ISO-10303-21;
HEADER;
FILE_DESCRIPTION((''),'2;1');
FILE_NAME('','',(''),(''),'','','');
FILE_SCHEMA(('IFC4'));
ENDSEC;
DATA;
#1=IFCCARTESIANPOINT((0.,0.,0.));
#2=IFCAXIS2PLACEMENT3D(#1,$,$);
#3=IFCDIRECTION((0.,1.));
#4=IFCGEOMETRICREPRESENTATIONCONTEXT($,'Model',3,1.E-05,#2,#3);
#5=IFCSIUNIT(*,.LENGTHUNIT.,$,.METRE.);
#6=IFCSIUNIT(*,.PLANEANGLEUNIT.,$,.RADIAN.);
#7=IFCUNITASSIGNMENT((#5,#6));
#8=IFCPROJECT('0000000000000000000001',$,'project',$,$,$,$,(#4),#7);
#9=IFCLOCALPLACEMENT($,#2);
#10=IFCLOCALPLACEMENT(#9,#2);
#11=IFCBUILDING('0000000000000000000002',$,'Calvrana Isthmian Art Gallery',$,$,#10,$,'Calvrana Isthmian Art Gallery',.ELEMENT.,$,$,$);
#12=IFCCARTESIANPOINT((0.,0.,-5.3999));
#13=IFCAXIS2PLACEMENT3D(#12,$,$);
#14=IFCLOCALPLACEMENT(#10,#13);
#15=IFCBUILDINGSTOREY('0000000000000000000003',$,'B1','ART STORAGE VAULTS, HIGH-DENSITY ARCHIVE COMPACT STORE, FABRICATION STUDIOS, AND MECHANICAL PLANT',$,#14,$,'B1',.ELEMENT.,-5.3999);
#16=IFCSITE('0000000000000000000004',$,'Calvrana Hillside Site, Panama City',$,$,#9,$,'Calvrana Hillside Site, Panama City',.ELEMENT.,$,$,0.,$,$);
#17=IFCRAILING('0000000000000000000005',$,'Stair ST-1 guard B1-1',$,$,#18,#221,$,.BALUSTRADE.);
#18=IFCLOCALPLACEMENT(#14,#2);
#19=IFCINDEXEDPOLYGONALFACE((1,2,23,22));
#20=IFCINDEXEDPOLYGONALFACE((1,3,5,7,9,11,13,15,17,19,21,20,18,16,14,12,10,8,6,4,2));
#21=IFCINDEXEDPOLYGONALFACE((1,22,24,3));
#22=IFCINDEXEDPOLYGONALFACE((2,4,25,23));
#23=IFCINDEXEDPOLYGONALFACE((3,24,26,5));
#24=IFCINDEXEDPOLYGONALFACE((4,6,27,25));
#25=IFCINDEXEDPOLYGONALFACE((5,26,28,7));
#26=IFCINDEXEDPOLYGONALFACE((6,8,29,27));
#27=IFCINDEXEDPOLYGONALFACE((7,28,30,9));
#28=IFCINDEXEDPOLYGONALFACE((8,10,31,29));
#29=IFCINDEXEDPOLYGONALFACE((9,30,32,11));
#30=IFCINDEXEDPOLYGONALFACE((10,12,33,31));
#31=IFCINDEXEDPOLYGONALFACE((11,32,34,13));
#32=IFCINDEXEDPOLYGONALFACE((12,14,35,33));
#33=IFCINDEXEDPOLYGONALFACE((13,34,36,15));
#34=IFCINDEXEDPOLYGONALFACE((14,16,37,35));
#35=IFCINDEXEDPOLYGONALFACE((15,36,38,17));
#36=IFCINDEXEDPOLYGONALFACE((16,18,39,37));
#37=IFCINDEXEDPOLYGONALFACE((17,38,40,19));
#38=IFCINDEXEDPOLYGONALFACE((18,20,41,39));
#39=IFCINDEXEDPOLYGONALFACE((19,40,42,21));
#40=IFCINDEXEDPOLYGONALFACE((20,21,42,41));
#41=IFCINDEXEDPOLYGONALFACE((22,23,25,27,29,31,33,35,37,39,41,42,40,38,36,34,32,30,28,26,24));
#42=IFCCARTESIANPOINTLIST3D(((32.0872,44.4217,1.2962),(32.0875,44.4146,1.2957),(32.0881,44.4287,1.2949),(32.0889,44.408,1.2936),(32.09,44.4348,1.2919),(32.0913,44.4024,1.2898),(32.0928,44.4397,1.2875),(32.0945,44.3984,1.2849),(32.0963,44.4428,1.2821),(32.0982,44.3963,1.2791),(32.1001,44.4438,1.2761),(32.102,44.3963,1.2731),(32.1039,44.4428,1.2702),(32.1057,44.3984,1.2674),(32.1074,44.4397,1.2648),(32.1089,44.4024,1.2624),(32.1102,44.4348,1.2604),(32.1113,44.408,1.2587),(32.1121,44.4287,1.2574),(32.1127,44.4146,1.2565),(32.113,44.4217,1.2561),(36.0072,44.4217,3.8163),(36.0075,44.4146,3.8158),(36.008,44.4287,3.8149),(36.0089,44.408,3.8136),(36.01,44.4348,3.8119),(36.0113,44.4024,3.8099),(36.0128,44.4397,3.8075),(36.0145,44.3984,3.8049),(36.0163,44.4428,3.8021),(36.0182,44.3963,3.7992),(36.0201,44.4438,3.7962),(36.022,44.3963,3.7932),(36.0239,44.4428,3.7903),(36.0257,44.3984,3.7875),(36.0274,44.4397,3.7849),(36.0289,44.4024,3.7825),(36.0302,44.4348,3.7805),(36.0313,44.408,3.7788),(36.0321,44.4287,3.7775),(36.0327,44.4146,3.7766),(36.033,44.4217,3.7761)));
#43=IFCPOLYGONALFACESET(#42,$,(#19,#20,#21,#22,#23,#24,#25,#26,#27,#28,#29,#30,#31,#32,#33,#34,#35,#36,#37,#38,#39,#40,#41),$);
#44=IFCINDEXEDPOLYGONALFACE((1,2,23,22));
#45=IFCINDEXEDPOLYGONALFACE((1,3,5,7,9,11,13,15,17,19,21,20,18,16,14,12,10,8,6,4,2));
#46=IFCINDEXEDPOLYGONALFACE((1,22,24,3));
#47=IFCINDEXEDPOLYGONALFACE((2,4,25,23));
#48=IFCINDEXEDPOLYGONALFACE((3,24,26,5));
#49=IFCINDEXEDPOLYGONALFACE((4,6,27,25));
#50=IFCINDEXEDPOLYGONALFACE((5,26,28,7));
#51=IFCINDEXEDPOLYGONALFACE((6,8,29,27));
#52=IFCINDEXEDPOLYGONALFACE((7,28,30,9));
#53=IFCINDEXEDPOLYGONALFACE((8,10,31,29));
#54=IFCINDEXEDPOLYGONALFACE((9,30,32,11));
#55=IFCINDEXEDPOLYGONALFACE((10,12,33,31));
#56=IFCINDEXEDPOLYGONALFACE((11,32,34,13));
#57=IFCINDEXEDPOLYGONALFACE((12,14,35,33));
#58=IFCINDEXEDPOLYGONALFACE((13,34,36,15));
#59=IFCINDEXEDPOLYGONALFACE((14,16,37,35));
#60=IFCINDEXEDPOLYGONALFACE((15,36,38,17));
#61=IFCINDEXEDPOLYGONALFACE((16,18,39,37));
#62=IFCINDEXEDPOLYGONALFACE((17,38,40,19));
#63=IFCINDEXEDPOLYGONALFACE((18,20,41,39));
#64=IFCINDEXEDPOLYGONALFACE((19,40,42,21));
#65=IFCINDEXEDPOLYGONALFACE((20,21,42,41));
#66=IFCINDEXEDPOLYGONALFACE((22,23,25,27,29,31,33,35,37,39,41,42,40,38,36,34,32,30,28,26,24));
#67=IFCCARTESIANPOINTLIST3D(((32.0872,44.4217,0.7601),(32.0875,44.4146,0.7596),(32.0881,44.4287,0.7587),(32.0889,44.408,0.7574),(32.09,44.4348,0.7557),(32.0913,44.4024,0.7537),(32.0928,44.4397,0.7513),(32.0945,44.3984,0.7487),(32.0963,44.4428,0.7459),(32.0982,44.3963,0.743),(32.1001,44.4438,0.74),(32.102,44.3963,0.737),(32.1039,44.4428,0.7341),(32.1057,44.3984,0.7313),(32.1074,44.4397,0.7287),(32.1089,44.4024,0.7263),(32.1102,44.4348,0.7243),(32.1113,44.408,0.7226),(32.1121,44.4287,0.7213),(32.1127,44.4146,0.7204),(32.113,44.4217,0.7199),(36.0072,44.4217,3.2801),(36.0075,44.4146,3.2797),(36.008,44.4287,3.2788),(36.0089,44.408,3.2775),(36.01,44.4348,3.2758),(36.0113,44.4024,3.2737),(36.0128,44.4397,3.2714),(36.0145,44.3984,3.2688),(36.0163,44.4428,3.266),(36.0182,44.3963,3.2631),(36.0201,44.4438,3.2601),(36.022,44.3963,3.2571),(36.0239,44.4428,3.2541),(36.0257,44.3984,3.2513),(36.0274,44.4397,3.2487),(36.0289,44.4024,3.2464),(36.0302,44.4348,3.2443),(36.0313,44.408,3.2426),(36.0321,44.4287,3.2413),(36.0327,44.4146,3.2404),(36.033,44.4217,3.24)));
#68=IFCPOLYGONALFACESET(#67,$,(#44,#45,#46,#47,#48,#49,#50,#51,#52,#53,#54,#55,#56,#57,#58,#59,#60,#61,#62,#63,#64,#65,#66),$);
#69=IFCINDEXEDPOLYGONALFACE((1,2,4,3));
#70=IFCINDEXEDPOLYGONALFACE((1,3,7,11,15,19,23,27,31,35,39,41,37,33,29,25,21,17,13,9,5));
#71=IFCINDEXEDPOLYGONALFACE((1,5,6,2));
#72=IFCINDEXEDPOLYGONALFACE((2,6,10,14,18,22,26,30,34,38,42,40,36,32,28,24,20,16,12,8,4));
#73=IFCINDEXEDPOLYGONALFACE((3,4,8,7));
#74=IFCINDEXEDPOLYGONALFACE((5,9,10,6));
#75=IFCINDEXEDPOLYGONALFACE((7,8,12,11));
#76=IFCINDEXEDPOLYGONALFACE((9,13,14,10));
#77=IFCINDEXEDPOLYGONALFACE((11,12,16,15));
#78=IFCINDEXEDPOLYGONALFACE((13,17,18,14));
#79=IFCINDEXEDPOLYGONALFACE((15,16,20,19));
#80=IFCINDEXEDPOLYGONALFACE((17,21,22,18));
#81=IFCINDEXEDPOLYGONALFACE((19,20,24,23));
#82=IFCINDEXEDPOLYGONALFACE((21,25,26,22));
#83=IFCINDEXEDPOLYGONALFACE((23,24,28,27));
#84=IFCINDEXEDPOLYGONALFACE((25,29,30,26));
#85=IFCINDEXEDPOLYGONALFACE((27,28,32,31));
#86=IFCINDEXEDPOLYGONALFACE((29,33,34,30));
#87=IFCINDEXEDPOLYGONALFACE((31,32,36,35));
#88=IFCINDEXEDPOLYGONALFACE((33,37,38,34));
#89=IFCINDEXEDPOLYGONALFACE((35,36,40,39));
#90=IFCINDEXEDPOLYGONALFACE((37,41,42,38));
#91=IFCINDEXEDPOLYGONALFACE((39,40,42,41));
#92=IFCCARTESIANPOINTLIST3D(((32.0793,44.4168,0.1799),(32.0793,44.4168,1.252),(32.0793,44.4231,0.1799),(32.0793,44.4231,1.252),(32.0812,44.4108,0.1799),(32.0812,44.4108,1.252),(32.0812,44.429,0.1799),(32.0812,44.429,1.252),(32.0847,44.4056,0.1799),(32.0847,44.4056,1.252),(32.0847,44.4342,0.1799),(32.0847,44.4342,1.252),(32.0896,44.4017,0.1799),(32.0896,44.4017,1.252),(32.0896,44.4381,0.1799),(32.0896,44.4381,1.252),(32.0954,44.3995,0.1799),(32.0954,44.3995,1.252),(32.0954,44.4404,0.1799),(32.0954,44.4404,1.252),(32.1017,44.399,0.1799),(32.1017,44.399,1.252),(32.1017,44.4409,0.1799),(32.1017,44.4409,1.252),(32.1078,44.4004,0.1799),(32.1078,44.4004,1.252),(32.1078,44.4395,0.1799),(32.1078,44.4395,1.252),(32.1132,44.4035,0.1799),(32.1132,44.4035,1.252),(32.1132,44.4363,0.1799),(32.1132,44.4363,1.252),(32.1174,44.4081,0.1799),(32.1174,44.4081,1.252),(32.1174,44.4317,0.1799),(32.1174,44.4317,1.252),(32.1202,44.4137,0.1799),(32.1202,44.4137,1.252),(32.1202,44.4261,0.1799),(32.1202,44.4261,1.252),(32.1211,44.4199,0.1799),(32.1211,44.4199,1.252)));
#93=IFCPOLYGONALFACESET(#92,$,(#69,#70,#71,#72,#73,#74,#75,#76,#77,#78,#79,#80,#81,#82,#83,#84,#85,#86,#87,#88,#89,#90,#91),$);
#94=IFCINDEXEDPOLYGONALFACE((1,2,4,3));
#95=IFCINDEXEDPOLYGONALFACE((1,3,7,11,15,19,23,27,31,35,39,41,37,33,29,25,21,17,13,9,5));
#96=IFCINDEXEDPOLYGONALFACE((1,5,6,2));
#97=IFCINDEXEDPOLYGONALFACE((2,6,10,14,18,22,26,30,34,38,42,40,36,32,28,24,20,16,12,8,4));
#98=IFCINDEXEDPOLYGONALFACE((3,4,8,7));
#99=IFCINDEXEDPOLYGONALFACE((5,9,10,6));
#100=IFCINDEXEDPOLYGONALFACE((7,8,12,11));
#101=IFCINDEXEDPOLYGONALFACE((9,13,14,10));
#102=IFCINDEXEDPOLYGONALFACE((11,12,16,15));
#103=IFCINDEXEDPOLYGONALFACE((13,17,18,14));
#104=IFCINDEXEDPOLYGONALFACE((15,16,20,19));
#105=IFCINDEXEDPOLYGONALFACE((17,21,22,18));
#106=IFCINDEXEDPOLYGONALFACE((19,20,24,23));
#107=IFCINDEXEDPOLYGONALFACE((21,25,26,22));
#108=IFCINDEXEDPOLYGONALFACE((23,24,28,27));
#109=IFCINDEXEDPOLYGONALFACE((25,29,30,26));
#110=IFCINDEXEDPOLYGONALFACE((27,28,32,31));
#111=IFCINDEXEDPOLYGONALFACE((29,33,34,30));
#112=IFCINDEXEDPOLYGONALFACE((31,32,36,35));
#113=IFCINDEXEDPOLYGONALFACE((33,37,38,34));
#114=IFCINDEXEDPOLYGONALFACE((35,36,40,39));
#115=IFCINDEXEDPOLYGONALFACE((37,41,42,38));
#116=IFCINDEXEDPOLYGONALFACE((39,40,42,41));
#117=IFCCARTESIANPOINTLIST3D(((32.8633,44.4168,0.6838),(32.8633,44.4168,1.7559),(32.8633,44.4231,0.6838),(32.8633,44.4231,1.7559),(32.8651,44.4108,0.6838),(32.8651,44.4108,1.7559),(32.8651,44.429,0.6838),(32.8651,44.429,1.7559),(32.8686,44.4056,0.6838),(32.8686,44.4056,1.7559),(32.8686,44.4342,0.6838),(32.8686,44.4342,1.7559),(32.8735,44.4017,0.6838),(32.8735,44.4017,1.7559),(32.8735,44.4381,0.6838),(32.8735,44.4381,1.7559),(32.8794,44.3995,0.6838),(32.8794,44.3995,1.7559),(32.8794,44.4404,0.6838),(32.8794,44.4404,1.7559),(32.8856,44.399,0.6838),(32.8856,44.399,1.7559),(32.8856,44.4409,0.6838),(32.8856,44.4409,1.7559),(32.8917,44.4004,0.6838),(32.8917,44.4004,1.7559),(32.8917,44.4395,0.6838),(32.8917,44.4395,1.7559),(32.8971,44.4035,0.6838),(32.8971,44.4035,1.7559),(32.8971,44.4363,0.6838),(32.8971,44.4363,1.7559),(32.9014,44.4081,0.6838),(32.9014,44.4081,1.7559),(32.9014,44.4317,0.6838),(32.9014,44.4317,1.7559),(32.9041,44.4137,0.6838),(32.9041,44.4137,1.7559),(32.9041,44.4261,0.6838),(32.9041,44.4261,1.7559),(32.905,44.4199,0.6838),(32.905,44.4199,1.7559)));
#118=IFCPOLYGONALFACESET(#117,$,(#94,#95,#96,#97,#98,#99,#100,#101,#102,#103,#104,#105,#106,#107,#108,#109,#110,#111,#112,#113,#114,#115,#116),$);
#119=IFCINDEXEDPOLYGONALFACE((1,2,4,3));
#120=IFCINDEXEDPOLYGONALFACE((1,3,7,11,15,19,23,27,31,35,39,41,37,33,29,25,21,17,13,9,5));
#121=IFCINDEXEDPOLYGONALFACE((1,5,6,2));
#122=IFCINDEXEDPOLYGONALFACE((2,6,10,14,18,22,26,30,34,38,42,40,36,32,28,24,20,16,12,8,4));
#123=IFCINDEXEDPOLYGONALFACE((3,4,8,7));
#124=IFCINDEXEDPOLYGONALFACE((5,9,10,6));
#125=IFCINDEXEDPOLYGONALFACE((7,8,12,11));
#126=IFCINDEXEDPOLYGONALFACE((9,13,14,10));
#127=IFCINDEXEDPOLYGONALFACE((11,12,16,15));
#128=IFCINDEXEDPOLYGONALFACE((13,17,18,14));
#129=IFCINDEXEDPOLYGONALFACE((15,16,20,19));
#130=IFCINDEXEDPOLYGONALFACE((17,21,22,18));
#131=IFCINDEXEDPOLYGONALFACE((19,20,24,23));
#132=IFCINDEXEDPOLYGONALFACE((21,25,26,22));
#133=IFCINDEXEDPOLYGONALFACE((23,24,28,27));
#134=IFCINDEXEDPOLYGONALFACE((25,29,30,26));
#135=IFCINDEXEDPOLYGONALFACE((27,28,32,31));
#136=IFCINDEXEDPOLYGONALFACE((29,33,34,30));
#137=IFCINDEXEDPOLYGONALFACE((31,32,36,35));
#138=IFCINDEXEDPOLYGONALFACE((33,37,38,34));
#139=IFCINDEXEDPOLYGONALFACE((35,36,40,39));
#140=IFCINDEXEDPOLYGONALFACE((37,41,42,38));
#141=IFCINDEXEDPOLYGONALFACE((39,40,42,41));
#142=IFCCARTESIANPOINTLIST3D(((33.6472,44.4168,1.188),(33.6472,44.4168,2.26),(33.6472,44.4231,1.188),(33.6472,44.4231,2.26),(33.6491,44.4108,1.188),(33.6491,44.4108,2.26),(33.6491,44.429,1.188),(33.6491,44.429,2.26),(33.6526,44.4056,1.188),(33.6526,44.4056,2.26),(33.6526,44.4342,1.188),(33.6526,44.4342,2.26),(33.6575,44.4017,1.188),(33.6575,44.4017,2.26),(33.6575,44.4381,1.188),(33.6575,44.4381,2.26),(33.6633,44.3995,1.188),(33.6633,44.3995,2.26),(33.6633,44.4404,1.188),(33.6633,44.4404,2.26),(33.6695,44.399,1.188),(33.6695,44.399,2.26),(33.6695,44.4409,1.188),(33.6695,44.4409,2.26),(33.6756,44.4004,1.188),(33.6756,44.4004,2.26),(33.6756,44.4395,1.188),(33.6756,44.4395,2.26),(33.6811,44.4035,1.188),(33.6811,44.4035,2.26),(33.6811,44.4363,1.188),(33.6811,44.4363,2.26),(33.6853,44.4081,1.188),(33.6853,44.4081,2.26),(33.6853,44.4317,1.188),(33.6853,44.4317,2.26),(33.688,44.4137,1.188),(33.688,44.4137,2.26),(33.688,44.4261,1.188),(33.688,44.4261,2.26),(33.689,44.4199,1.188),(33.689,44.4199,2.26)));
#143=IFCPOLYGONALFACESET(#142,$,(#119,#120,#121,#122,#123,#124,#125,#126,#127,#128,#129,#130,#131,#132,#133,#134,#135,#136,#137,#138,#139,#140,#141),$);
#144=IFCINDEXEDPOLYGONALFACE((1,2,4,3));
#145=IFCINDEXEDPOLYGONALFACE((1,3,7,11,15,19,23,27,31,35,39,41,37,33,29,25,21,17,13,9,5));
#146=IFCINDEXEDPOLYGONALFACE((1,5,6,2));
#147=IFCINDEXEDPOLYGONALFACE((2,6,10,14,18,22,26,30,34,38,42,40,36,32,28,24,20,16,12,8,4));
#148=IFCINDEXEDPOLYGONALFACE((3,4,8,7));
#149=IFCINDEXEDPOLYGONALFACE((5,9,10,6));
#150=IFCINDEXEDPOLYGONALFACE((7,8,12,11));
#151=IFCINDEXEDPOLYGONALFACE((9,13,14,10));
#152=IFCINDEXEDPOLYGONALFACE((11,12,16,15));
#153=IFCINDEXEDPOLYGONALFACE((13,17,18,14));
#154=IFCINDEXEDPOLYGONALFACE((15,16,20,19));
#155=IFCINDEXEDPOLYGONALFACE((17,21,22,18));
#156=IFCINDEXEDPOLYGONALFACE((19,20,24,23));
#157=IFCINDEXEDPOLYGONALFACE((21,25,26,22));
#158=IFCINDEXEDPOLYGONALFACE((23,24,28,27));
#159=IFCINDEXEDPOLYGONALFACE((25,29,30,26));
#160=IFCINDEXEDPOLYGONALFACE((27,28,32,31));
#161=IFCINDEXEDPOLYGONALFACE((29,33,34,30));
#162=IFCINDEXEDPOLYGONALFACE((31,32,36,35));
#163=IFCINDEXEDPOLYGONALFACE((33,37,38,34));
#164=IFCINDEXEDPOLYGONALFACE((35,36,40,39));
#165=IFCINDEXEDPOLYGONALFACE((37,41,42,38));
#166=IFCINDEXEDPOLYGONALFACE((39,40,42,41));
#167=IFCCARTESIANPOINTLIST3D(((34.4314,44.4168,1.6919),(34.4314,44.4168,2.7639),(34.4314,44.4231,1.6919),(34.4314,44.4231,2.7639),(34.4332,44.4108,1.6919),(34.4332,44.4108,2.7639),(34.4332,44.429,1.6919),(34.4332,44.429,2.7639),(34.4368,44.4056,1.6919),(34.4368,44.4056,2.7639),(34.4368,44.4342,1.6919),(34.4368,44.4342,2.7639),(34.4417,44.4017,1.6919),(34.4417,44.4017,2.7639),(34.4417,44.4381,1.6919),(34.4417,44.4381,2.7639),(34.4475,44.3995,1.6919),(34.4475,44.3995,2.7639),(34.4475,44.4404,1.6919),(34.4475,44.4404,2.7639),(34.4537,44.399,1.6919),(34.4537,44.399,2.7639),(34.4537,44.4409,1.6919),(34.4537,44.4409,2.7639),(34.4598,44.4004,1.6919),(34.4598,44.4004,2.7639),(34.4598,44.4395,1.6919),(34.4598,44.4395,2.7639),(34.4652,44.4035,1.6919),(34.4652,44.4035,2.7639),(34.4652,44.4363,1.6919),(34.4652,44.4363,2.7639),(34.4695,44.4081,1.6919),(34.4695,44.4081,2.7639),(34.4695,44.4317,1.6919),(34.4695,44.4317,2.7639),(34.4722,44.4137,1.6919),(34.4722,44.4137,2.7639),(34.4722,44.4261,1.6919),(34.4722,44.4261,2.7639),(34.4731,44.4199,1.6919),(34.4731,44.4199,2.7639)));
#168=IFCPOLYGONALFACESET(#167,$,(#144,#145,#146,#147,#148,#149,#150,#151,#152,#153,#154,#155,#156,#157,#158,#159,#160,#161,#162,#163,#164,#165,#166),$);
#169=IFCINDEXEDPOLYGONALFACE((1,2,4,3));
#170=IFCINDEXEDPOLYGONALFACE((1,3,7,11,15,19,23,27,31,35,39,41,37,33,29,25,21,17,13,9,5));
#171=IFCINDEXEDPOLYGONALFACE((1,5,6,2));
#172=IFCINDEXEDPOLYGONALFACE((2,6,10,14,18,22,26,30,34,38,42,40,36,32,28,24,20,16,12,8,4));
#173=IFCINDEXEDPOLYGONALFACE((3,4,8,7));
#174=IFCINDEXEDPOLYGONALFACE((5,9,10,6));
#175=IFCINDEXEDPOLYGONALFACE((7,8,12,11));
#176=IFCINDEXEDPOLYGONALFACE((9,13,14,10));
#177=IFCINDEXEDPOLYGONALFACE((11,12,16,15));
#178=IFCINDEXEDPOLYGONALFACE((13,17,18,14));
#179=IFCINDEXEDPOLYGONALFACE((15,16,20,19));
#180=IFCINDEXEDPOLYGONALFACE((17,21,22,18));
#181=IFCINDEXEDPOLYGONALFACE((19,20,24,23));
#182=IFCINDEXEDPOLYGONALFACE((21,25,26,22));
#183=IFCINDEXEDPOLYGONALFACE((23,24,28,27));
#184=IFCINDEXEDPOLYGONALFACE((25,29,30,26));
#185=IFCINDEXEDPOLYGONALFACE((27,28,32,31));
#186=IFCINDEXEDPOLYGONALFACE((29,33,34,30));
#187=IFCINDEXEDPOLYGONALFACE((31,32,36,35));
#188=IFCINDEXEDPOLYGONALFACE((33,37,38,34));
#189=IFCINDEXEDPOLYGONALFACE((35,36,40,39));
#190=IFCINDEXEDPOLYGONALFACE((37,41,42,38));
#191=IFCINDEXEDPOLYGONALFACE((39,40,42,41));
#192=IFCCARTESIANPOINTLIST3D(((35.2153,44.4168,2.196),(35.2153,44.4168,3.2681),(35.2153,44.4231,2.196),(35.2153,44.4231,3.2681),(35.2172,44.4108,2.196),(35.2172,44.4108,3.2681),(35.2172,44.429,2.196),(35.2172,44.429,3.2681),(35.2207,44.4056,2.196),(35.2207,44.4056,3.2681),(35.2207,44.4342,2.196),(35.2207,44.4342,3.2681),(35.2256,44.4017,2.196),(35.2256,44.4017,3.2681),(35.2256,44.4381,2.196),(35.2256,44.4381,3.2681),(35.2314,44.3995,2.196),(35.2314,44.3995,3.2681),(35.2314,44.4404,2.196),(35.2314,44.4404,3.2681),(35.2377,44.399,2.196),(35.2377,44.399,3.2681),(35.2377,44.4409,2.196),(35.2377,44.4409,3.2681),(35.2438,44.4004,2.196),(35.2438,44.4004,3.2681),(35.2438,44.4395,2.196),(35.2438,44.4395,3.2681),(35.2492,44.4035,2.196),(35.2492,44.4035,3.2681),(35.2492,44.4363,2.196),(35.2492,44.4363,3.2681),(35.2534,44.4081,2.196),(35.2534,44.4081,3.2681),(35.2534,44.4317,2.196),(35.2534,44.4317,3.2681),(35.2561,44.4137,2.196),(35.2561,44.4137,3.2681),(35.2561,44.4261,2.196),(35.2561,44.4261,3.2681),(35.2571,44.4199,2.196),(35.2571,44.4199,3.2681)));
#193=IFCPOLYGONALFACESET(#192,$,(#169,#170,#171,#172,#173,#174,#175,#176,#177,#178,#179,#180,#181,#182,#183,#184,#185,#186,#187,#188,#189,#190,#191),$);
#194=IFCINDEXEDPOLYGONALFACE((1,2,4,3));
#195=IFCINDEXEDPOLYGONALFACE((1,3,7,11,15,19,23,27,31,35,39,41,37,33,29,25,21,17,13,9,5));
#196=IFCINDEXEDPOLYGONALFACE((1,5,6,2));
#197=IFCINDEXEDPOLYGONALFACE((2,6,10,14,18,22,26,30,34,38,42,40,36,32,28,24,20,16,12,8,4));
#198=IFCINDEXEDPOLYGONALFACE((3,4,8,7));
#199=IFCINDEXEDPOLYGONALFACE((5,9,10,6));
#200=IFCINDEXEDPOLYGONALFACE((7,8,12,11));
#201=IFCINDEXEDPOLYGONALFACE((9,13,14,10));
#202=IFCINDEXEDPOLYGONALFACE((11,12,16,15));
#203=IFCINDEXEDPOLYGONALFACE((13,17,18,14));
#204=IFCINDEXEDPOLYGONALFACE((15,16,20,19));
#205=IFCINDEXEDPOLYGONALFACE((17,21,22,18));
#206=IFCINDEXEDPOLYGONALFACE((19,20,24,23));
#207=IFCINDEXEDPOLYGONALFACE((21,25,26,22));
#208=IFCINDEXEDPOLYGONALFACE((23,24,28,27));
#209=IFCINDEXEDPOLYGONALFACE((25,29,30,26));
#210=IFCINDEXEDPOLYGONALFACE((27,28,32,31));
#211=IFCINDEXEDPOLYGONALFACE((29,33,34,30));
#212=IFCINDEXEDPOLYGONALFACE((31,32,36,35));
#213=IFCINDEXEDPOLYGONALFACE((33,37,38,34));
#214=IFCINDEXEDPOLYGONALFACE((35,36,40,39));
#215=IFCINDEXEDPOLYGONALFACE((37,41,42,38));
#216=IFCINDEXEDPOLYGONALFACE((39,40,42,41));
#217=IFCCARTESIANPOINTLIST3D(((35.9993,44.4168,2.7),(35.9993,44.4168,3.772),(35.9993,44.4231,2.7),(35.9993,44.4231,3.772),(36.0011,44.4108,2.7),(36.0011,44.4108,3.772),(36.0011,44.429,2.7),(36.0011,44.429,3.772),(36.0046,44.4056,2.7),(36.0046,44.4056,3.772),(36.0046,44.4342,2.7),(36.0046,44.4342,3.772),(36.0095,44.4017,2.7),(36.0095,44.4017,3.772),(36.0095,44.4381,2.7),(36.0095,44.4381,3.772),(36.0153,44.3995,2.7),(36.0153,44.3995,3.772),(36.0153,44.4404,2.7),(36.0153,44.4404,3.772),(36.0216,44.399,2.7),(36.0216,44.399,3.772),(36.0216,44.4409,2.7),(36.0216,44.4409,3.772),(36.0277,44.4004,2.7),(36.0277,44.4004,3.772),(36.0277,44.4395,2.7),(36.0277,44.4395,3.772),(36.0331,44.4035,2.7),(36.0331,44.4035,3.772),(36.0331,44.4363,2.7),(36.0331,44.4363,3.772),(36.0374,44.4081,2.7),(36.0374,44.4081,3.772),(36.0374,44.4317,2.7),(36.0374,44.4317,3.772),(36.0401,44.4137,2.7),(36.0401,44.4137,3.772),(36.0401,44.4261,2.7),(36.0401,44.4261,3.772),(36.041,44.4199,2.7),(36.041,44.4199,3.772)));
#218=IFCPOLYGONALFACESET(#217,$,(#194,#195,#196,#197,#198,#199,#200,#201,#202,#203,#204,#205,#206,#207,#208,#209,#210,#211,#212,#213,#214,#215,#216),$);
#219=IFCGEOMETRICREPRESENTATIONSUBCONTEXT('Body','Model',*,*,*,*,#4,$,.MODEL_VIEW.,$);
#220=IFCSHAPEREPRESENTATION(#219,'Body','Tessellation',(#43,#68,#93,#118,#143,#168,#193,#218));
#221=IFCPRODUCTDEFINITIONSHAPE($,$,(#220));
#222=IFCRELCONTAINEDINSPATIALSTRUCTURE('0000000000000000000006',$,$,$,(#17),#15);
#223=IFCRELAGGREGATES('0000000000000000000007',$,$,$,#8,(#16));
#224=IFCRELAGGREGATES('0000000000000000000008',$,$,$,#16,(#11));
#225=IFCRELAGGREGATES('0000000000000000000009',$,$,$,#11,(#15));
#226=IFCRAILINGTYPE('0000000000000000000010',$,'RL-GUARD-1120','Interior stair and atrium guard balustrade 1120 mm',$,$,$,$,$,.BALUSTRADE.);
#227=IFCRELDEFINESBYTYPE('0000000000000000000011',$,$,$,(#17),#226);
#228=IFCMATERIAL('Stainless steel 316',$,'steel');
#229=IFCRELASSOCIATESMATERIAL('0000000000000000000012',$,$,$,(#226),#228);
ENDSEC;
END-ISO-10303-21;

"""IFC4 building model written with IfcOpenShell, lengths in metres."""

from ifc_helpers import new_model, si_unit, direction, frame, origin, origin_2d, place, context, subcontext, project, spatial, circle, extrude, material, type_object, element, save


model = new_model("IFC4")

# Units and contexts
model_context = context("Model", 3, precision=1e-05, world=origin(), true_north=direction((0.0, 1.0)))
body_context = subcontext(model_context, "Body", "Model", "MODEL_VIEW")
ifc_project = project(units=[si_unit("LENGTHUNIT", "METRE"), si_unit("PLANEANGLEUNIT", "RADIAN")], contexts=[model_context])

# Site, building, storey
site_placement = place(None, origin())
site = spatial("IfcSite", under=ifc_project, at=site_placement, Name="Calvrana Hillside Site, Panama City", LongName="Calvrana Hillside Site, Panama City", CompositionType="ELEMENT", RefElevation=0.0)
building_placement = place(site_placement, origin())
building = spatial("IfcBuilding", under=site, at=building_placement, Name="Calvrana Isthmian Art Gallery", LongName="Calvrana Isthmian Art Gallery", CompositionType="ELEMENT")
storey_placement = place(building_placement, frame((0.0, 0.0, -5.3999)))
storey = spatial("IfcBuildingStorey", under=building, at=storey_placement, Name="B1", Description="ART STORAGE VAULTS, HIGH-DENSITY ARCHIVE COMPACT STORE, FABRICATION STUDIOS, AND MECHANICAL PLANT", LongName="B1", CompositionType="ELEMENT", Elevation=-5.3999)

# Railing
ifc_material_1 = material(Name="Stainless steel 316", Category="steel")
railing_type_1 = type_object("IfcRailingType", Name="RL-GUARD-1120", Description="Interior stair and atrium guard balustrade 1120 mm", PredefinedType="BALUSTRADE", material=ifc_material_1)
railing_1_placement = place(storey_placement, frame((32.1001, 44.4199, 0.1799)))
element("IfcRailing", 1, at=railing_1_placement, inside=storey, type_object=railing_type_1, Name="Stair ST-1 guard B1-1", PredefinedType="BALUSTRADE", context=body_context, shape_type="SweptSolid", body=[
    extrude(circle(Radius=0.0239, at=origin_2d()), frame((0.0, 0.0, 1.0962), z_axis=(0.841172, 0.0, 0.540768), x_axis=(0.0, 1.0, 0.0)), (0.0, 0.0, 1.0), 4.6602),
    extrude(circle(Radius=0.0239, at=origin_2d()), frame((0.0, 0.0, 0.5601), z_axis=(0.841172, 0.0, 0.540768), x_axis=(0.0, 1.0, 0.0)), (0.0, 0.0, 1.0), 4.6602),
    extrude(circle(Radius=0.021, at=origin_2d()), origin(), (0.0, 0.0, 1.0), 1.072),
    extrude(circle(Radius=0.021, at=origin_2d()), frame((0.7839, 0.0, 0.5039)), (0.0, 0.0, 1.0), 1.072),
    extrude(circle(Radius=0.021, at=origin_2d()), frame((1.5679, 0.0, 1.0081)), (0.0, 0.0, 1.0), 1.072),
    extrude(circle(Radius=0.021, at=origin_2d()), frame((2.3521, 0.0, 1.512)), (0.0, 0.0, 1.0), 1.072),
    extrude(circle(Radius=0.021, at=origin_2d()), frame((3.136, 0.0, 2.0161)), (0.0, 0.0, 1.0), 1.072),
    extrude(circle(Radius=0.021, at=origin_2d()), frame((3.9199, 0.0, 2.52)), (0.0, 0.0, 1.0), 1.072),
])

save(model, "model.ifc")
